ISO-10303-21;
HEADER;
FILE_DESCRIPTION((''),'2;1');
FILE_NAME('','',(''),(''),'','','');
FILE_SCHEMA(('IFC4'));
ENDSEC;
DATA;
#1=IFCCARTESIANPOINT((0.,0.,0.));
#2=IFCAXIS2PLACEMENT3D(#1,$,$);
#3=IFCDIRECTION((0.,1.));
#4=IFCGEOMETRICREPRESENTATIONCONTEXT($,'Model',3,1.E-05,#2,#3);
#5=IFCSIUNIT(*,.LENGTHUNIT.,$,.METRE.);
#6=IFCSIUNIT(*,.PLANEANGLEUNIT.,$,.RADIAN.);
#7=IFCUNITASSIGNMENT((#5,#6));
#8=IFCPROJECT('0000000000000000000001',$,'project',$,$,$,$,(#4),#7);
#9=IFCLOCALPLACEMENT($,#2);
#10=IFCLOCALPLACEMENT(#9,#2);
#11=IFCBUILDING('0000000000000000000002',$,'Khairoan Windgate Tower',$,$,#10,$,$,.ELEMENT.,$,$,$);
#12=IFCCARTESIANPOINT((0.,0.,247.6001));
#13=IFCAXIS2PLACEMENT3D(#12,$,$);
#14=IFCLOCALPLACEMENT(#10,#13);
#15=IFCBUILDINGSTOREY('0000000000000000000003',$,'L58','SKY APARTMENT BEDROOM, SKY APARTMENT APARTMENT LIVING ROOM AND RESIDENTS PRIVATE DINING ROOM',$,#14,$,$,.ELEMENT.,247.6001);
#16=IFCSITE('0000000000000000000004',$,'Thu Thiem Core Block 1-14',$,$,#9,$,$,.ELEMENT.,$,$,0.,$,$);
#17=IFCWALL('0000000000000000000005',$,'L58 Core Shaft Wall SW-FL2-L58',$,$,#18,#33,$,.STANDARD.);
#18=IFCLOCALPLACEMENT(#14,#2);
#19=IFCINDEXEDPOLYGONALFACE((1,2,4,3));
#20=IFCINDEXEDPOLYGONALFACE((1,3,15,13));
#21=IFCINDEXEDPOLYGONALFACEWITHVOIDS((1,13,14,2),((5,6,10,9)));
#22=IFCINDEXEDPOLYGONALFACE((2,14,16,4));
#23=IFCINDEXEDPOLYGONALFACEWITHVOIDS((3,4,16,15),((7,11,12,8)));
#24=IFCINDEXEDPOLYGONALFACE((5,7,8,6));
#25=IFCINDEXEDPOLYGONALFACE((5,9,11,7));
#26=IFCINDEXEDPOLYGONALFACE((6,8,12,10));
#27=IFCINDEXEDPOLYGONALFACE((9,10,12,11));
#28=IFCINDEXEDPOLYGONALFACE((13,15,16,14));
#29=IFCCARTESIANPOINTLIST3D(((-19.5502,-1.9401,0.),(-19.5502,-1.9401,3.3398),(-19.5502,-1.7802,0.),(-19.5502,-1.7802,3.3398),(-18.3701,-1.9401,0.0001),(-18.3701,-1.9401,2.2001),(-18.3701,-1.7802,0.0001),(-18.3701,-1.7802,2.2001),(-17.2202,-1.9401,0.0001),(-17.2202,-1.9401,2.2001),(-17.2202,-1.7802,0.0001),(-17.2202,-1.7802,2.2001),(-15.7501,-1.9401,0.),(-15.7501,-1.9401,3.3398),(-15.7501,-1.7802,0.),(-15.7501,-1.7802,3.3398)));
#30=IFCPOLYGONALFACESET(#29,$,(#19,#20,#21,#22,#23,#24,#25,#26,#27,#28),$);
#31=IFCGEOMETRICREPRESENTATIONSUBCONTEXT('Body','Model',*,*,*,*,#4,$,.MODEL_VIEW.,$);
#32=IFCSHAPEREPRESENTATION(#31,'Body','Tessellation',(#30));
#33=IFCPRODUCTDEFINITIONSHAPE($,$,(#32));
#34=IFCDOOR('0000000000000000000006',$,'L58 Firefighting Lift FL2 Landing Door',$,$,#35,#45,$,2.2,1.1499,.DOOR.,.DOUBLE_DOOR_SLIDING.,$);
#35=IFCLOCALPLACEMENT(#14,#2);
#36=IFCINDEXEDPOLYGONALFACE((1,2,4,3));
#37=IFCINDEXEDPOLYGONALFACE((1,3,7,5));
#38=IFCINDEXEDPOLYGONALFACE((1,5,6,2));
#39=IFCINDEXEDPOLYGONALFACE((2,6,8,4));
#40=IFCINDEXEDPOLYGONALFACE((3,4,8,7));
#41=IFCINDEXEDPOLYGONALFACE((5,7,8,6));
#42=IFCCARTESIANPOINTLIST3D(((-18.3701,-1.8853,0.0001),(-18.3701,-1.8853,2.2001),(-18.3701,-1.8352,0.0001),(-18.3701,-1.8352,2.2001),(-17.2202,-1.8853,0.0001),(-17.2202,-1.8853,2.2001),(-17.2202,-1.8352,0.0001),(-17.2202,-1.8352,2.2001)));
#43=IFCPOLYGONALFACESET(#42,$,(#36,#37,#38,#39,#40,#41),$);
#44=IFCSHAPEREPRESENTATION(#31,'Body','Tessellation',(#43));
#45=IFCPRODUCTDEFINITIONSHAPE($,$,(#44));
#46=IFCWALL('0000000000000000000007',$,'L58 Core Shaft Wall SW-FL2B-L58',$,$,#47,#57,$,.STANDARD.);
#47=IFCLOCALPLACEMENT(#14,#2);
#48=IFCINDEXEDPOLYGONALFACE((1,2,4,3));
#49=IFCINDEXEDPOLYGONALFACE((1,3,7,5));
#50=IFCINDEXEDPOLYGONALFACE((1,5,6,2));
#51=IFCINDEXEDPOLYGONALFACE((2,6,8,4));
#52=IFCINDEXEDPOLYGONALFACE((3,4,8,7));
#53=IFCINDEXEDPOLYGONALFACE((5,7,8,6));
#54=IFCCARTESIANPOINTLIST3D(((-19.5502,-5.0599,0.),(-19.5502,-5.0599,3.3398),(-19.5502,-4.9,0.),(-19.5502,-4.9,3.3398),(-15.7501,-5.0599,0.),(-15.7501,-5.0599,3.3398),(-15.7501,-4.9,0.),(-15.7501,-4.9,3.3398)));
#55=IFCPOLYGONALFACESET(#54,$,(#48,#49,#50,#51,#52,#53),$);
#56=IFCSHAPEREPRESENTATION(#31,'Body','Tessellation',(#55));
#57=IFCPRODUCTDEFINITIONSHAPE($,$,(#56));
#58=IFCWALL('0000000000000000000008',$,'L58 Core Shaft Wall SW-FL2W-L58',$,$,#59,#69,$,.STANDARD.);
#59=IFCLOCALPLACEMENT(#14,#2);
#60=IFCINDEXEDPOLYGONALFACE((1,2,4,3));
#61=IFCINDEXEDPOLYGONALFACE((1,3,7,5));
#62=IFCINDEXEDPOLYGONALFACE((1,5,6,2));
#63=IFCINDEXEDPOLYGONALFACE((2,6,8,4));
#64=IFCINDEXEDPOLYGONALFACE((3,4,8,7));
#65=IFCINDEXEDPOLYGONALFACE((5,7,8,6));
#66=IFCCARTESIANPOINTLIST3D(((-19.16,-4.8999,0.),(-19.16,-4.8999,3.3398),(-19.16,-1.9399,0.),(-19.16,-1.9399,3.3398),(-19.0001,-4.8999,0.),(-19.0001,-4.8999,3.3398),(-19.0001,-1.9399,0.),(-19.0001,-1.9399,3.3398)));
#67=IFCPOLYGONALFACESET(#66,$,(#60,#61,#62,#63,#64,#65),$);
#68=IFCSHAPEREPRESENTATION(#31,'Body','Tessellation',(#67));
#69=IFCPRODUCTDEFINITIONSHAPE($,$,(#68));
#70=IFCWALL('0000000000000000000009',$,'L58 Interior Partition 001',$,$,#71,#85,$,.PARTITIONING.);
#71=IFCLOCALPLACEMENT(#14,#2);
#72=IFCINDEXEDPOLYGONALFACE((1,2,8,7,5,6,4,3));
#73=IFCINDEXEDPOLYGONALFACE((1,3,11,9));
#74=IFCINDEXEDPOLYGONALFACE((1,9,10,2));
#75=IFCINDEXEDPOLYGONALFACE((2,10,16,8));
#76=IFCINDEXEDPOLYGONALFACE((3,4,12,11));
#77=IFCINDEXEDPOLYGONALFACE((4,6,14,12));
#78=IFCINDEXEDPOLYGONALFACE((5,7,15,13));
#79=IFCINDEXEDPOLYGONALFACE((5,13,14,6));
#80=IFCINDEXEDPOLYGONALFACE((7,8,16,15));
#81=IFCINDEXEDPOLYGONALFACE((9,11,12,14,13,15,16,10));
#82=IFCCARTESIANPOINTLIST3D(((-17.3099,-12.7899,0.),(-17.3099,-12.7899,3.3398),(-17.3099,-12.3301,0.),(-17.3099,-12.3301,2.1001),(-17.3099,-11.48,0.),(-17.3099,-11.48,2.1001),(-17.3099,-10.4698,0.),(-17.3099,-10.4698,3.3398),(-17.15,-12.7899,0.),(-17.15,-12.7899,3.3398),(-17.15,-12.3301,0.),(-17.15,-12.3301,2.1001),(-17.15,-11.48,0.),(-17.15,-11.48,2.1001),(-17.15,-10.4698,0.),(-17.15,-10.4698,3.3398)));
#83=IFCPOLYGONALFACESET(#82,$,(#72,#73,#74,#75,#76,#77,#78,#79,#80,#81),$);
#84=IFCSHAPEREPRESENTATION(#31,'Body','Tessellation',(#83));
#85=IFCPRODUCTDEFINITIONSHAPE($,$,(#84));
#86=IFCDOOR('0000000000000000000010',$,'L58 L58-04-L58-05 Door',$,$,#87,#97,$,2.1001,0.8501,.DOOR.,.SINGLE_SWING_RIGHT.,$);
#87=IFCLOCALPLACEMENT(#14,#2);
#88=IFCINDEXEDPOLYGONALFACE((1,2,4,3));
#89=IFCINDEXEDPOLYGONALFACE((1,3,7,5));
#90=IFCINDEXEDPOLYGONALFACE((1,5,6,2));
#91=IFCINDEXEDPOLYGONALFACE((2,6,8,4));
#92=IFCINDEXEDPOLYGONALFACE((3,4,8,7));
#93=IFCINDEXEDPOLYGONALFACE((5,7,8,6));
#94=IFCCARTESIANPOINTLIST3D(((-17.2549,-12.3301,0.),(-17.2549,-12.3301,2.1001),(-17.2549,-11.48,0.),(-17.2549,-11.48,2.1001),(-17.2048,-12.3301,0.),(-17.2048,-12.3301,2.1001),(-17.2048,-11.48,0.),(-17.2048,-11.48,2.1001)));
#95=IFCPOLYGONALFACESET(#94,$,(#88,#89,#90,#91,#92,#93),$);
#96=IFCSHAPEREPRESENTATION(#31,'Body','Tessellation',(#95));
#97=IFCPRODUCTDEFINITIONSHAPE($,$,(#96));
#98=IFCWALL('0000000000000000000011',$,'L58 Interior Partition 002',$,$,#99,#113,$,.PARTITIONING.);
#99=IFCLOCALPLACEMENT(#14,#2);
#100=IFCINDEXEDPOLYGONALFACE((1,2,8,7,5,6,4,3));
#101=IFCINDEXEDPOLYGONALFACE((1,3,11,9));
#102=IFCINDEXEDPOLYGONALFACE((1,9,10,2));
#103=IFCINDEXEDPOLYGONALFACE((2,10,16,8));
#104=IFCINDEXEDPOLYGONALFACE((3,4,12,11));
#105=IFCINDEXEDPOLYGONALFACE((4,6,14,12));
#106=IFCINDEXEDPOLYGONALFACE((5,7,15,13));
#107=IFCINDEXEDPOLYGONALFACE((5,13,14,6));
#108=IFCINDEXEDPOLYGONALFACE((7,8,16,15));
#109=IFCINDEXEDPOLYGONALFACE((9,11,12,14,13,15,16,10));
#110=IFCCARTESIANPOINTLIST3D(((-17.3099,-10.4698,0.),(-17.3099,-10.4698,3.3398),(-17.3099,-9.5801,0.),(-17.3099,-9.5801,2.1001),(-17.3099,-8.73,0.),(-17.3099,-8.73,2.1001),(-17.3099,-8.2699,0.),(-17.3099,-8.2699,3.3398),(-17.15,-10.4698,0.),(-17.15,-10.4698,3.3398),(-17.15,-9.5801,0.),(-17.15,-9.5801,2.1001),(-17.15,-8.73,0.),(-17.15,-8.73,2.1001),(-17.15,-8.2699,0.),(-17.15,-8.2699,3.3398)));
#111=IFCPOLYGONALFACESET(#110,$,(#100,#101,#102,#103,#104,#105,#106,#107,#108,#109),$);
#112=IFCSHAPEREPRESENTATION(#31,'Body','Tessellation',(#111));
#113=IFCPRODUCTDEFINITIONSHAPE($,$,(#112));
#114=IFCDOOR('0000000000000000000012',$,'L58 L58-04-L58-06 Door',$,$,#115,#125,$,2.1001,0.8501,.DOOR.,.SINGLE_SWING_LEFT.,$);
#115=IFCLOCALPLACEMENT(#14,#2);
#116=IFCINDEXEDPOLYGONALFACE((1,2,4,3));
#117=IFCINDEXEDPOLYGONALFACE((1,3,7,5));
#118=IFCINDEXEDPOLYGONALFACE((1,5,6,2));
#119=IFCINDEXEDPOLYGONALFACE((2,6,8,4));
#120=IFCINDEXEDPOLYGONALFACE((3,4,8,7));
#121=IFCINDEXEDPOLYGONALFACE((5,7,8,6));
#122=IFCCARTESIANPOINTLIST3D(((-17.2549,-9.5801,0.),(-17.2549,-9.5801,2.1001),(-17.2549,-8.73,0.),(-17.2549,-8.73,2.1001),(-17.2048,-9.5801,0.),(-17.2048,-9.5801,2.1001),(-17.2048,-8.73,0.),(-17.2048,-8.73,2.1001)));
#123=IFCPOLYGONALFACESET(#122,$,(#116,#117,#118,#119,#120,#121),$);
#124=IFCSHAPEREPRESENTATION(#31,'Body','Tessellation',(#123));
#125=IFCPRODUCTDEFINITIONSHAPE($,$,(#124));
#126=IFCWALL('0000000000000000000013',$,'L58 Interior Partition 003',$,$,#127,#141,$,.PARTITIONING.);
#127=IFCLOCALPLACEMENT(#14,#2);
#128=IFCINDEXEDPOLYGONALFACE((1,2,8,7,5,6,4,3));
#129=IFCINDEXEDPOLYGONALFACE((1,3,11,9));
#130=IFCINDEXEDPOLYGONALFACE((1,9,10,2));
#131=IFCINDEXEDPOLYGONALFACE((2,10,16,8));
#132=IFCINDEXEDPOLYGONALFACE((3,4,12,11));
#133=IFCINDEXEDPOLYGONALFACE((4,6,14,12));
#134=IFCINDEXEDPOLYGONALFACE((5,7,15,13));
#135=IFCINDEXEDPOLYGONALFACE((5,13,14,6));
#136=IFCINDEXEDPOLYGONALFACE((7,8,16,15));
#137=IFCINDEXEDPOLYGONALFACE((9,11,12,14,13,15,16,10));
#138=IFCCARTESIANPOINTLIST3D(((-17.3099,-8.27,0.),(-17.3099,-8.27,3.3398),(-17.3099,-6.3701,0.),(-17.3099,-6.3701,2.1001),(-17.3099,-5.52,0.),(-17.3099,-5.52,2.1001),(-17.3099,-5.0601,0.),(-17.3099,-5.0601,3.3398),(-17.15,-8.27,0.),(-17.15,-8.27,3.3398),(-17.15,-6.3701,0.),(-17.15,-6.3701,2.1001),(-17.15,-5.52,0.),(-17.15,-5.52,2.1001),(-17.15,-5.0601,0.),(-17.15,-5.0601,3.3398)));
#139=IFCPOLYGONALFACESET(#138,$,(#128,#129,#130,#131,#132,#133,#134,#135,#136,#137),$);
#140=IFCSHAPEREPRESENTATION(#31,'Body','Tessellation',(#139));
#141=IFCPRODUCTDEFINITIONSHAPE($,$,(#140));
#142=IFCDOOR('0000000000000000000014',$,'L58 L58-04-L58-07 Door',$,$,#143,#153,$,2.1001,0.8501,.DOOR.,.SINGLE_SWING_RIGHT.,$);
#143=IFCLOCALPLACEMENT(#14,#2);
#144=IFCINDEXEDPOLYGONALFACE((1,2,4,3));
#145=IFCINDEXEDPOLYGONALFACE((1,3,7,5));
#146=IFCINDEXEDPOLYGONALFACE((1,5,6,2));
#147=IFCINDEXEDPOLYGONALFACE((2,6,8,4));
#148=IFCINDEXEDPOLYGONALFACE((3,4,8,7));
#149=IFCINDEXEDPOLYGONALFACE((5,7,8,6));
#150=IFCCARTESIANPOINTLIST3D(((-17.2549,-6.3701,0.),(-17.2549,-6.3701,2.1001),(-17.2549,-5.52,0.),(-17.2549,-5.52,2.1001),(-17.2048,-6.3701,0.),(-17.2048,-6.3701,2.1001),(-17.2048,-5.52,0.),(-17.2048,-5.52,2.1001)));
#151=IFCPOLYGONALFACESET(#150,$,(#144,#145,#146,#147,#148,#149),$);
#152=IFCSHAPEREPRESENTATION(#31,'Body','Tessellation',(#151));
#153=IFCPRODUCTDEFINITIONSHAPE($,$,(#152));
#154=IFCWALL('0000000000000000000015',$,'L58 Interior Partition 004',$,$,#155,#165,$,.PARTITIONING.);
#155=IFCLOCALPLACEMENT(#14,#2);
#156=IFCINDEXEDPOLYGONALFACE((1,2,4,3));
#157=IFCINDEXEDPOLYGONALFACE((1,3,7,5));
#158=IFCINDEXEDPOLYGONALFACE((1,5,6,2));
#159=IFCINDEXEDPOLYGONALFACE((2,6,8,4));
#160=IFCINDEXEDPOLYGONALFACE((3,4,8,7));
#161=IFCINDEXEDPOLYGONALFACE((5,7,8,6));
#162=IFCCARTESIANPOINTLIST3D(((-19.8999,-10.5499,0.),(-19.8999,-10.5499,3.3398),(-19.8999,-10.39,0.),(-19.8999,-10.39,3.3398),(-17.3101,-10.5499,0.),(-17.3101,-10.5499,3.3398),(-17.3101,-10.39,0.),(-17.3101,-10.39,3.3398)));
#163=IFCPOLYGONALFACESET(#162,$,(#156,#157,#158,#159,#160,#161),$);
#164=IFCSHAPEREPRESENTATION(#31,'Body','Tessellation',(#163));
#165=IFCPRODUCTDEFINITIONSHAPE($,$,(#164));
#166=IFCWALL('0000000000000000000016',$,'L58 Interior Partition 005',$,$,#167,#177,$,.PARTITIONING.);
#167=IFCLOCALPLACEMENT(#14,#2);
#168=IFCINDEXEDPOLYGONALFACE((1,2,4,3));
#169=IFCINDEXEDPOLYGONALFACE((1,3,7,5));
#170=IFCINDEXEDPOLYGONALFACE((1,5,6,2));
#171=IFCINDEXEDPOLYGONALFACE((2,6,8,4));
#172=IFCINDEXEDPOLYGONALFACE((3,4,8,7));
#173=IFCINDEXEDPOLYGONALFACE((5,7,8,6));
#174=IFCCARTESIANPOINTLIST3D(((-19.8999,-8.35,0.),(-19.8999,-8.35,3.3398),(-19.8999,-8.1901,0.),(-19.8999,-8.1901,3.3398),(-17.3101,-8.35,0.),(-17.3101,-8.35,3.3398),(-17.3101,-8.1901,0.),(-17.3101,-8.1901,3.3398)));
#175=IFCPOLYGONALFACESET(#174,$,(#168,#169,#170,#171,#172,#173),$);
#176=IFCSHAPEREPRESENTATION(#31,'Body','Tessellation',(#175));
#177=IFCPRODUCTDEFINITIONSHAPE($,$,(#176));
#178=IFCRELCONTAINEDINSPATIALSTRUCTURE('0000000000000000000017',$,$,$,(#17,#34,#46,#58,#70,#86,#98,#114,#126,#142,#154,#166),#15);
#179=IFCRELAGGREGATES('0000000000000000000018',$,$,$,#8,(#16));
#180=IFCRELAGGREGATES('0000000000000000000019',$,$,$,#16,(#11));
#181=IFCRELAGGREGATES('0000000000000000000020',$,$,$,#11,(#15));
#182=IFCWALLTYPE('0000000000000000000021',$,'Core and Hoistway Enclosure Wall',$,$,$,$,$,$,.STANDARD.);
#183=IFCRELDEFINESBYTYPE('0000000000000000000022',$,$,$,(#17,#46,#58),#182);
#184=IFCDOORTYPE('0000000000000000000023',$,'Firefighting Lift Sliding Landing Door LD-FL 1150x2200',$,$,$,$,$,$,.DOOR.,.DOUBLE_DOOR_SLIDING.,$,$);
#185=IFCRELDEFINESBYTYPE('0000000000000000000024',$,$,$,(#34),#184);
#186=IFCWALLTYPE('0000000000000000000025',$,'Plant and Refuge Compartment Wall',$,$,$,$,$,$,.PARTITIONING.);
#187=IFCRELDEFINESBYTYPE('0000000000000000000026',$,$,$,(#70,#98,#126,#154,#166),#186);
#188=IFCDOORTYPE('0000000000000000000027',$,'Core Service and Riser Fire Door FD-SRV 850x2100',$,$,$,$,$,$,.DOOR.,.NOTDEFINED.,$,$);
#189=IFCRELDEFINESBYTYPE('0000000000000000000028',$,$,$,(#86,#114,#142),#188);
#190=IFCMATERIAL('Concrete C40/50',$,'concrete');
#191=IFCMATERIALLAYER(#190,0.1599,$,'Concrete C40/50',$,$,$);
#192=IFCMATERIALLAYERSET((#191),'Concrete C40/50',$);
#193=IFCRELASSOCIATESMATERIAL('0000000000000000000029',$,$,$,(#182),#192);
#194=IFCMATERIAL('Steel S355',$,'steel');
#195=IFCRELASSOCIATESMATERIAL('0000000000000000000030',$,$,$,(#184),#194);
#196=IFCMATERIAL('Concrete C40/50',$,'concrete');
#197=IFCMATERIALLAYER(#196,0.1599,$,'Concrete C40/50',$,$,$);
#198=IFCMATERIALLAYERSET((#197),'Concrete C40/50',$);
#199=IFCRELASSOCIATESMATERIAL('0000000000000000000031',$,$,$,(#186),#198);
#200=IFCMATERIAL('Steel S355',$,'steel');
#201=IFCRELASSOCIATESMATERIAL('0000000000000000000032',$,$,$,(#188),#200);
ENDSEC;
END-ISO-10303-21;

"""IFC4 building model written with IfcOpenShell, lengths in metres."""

from ifc_helpers import new_model, si_unit, direction, frame, frame_2d, origin, place, context, subcontext, project, spatial, rectangle, extrude, material, layer, layer_set, type_object, element, fill, save


model = new_model("IFC4")

# Units and contexts
model_context = context("Model", 3, precision=1e-05, world=origin(), true_north=direction((0.0, 1.0)))
body_context = subcontext(model_context, "Body", "Model", "MODEL_VIEW")
ifc_project = project(units=[si_unit("LENGTHUNIT", "METRE"), si_unit("PLANEANGLEUNIT", "RADIAN")], contexts=[model_context])

# Site, building, storey
site_placement = place(None, origin())
site = spatial("IfcSite", under=ifc_project, at=site_placement, Name="Thu Thiem Core Block 1-14", CompositionType="ELEMENT", RefElevation=0.0)
building_placement = place(site_placement, origin())
building = spatial("IfcBuilding", under=site, at=building_placement, Name="Khairoan Windgate Tower", CompositionType="ELEMENT")
storey_placement = place(building_placement, frame((0.0, 0.0, 247.6001)))
storey = spatial("IfcBuildingStorey", under=building, at=storey_placement, Name="L58", Description="SKY APARTMENT BEDROOM, SKY APARTMENT APARTMENT LIVING ROOM AND RESIDENTS PRIVATE DINING ROOM", CompositionType="ELEMENT", Elevation=247.6001)

# Wall, opening, door
ifc_material_1 = material(Name="Concrete C40/50", Category="concrete")
ifc_layer_1 = layer(ifc_material_1, 0.1599, Name="Concrete C40/50")
ifc_layer_set_1 = layer_set([ifc_layer_1], Name="Concrete C40/50")
wall_type_1 = type_object("IfcWallType", Name="Core and Hoistway Enclosure Wall", PredefinedType="STANDARD", material=ifc_layer_set_1)
wall_1_placement = place(storey_placement, frame((-19.55, -1.8601, 0.0), z_axis=(0.0, 0.0, 1.0), x_axis=(1.0, 0.0, 0.0)))
wall_1 = element("IfcWall", 1, at=wall_1_placement, inside=storey, type_object=wall_type_1, Name="L58 Core Shaft Wall SW-FL2-L58", PredefinedType="STANDARD", context=body_context, shape_type="SweptSolid", body=[
    extrude(rectangle(XDim=3.8, YDim=0.1599, at=frame_2d((1.8999, 0.0))), origin(), (0.0, 0.0, 1.0), 3.3398),
])
opening_1_placement = place(wall_1_placement, frame((1.1799, 0.0, 0.0)))
opening_1 = element("IfcOpeningElement", 2, at=opening_1_placement, cuts=wall_1, PredefinedType="OPENING", context=body_context, shape_type="SweptSolid", body=[
    extrude(rectangle(XDim=1.1499, YDim=2.2, at=frame_2d((0.575, 1.1001))), frame((0.0, 0.0898, 0.0), z_axis=(0.0, -1.0, 0.0), x_axis=(1.0, 0.0, 0.0)), (0.0, 0.0, 1.0), 0.1799),
])
ifc_material_2 = material(Name="Steel S355", Category="steel")
door_type_1 = type_object("IfcDoorType", Name="Firefighting Lift Sliding Landing Door LD-FL 1150x2200", OperationType="DOUBLE_DOOR_SLIDING", PredefinedType="DOOR", material=ifc_material_2)
door_1_placement = place(opening_1_placement, origin())
door_1 = element("IfcDoor", 3, at=door_1_placement, inside=storey, type_object=door_type_1, Name="L58 Firefighting Lift FL2 Landing Door", OperationType="DOUBLE_DOOR_SLIDING", OverallHeight=2.2, OverallWidth=1.1499, PredefinedType="DOOR", context=body_context, shape_type="SweptSolid", body=[
    extrude(rectangle(XDim=1.1499, YDim=2.2, at=frame_2d((0.575, 1.1001))), frame((0.0, 0.0249, 0.0), z_axis=(0.0, -1.0, 0.0), x_axis=(1.0, 0.0, 0.0)), (0.0, 0.0, 1.0), 0.05),
])
fill(opening_1, door_1)

# Walls
wall_2_placement = place(storey_placement, frame((-19.55, -4.98, 0.0), z_axis=(0.0, 0.0, 1.0), x_axis=(1.0, 0.0, 0.0)))
element("IfcWall", 4, at=wall_2_placement, inside=storey, type_object=wall_type_1, Name="L58 Core Shaft Wall SW-FL2B-L58", PredefinedType="STANDARD", context=body_context, shape_type="SweptSolid", body=[
    extrude(rectangle(XDim=3.8, YDim=0.1599, at=frame_2d((1.8999, 0.0))), origin(), (0.0, 0.0, 1.0), 3.3398),
])
wall_3_placement = place(storey_placement, frame((-19.0801, -4.8999, 0.0), z_axis=(0.0, 0.0, 1.0), x_axis=(0.0, 1.0, 0.0)))
element("IfcWall", 5, at=wall_3_placement, inside=storey, type_object=wall_type_1, Name="L58 Core Shaft Wall SW-FL2W-L58", PredefinedType="STANDARD", context=body_context, shape_type="SweptSolid", body=[
    extrude(rectangle(XDim=2.96, YDim=0.1599, at=frame_2d((1.48, 0.0))), origin(), (0.0, 0.0, 1.0), 3.3398),
])

# Walls, openings, doors
ifc_material_3 = material(Name="Concrete C40/50", Category="concrete")
ifc_layer_2 = layer(ifc_material_3, 0.1599, Name="Concrete C40/50")
ifc_layer_set_2 = layer_set([ifc_layer_2], Name="Concrete C40/50")
wall_type_2 = type_object("IfcWallType", Name="Plant and Refuge Compartment Wall", PredefinedType="PARTITIONING", material=ifc_layer_set_2)
wall_4_placement = place(storey_placement, frame((-17.23, -12.79, 0.0), z_axis=(0.0, 0.0, 1.0), x_axis=(0.0, 1.0, 0.0)))
wall_4 = element("IfcWall", 6, at=wall_4_placement, inside=storey, type_object=wall_type_2, Name="L58 Interior Partition 001", PredefinedType="PARTITIONING", context=body_context, shape_type="SweptSolid", body=[
    extrude(rectangle(XDim=2.3201, YDim=0.1599, at=frame_2d((1.1602, 0.0))), origin(), (0.0, 0.0, 1.0), 3.3398),
])
opening_2_placement = place(wall_4_placement, frame((0.46, 0.0, 0.0)))
opening_2 = element("IfcOpeningElement", 7, at=opening_2_placement, cuts=wall_4, PredefinedType="OPENING", context=body_context, shape_type="SweptSolid", body=[
    extrude(rectangle(XDim=0.8501, YDim=2.1001, at=frame_2d((0.425, 1.05))), frame((0.0, 0.0898, 0.0), z_axis=(0.0, -1.0, 0.0), x_axis=(1.0, 0.0, 0.0)), (0.0, 0.0, 1.0), 0.1799),
])
ifc_material_4 = material(Name="Steel S355", Category="steel")
door_type_2 = type_object("IfcDoorType", Name="Core Service and Riser Fire Door FD-SRV 850x2100", OperationType="NOTDEFINED", PredefinedType="DOOR", material=ifc_material_4)
door_2_placement = place(opening_2_placement, origin())
door_2 = element("IfcDoor", 8, at=door_2_placement, inside=storey, type_object=door_type_2, Name="L58 L58-04-L58-05 Door", OperationType="SINGLE_SWING_RIGHT", OverallHeight=2.1001, OverallWidth=0.8501, PredefinedType="DOOR", context=body_context, shape_type="SweptSolid", body=[
    extrude(rectangle(XDim=0.8501, YDim=2.1001, at=frame_2d((0.425, 1.05))), frame((0.0, 0.0249, 0.0), z_axis=(0.0, -1.0, 0.0), x_axis=(1.0, 0.0, 0.0)), (0.0, 0.0, 1.0), 0.05),
])
fill(opening_2, door_2)
wall_5_placement = place(storey_placement, frame((-17.23, -10.47, 0.0), z_axis=(0.0, 0.0, 1.0), x_axis=(0.0, 1.0, 0.0)))
wall_5 = element("IfcWall", 9, at=wall_5_placement, inside=storey, type_object=wall_type_2, Name="L58 Interior Partition 002", PredefinedType="PARTITIONING", context=body_context, shape_type="SweptSolid", body=[
    extrude(rectangle(XDim=2.2, YDim=0.1599, at=frame_2d((1.1001, 0.0))), origin(), (0.0, 0.0, 1.0), 3.3398),
])
opening_3_placement = place(wall_5_placement, frame((0.8899, 0.0, 0.0)))
opening_3 = element("IfcOpeningElement", 10, at=opening_3_placement, cuts=wall_5, PredefinedType="OPENING", context=body_context, shape_type="SweptSolid", body=[
    extrude(rectangle(XDim=0.8501, YDim=2.1001, at=frame_2d((0.425, 1.05))), frame((0.0, 0.0898, 0.0), z_axis=(0.0, -1.0, 0.0), x_axis=(1.0, 0.0, 0.0)), (0.0, 0.0, 1.0), 0.1799),
])
door_3_placement = place(opening_3_placement, origin())
door_3 = element("IfcDoor", 11, at=door_3_placement, inside=storey, type_object=door_type_2, Name="L58 L58-04-L58-06 Door", OperationType="SINGLE_SWING_LEFT", OverallHeight=2.1001, OverallWidth=0.8501, PredefinedType="DOOR", context=body_context, shape_type="SweptSolid", body=[
    extrude(rectangle(XDim=0.8501, YDim=2.1001, at=frame_2d((0.425, 1.05))), frame((0.0, 0.0249, 0.0), z_axis=(0.0, -1.0, 0.0), x_axis=(1.0, 0.0, 0.0)), (0.0, 0.0, 1.0), 0.05),
])
fill(opening_3, door_3)
wall_6_placement = place(storey_placement, frame((-17.23, -8.27, 0.0), z_axis=(0.0, 0.0, 1.0), x_axis=(0.0, 1.0, 0.0)))
wall_6 = element("IfcWall", 12, at=wall_6_placement, inside=storey, type_object=wall_type_2, Name="L58 Interior Partition 003", PredefinedType="PARTITIONING", context=body_context, shape_type="SweptSolid", body=[
    extrude(rectangle(XDim=3.21, YDim=0.1599, at=frame_2d((1.605, 0.0))), origin(), (0.0, 0.0, 1.0), 3.3398),
])
opening_4_placement = place(wall_6_placement, frame((1.8999, 0.0, 0.0)))
opening_4 = element("IfcOpeningElement", 13, at=opening_4_placement, cuts=wall_6, PredefinedType="OPENING", context=body_context, shape_type="SweptSolid", body=[
    extrude(rectangle(XDim=0.8501, YDim=2.1001, at=frame_2d((0.425, 1.05))), frame((0.0, 0.0898, 0.0), z_axis=(0.0, -1.0, 0.0), x_axis=(1.0, 0.0, 0.0)), (0.0, 0.0, 1.0), 0.1799),
])
door_4_placement = place(opening_4_placement, origin())
door_4 = element("IfcDoor", 14, at=door_4_placement, inside=storey, type_object=door_type_2, Name="L58 L58-04-L58-07 Door", OperationType="SINGLE_SWING_RIGHT", OverallHeight=2.1001, OverallWidth=0.8501, PredefinedType="DOOR", context=body_context, shape_type="SweptSolid", body=[
    extrude(rectangle(XDim=0.8501, YDim=2.1001, at=frame_2d((0.425, 1.05))), frame((0.0, 0.0249, 0.0), z_axis=(0.0, -1.0, 0.0), x_axis=(1.0, 0.0, 0.0)), (0.0, 0.0, 1.0), 0.05),
])
fill(opening_4, door_4)

# Walls
for number, where, z_axis, x_axis, name in (
    (15, (-19.8999, -10.47, 0.0), (0.0, 0.0, 1.0), (1.0, 0.0, 0.0), "L58 Interior Partition 004"),
    (16, (-19.8999, -8.27, 0.0), (0.0, 0.0, 1.0), (1.0, 0.0, 0.0), "L58 Interior Partition 005"),
):
    element("IfcWall", number, at=place(storey_placement, frame(where, z_axis=z_axis, x_axis=x_axis)), inside=storey, type_object=wall_type_2, Name=name, PredefinedType="PARTITIONING", context=body_context, shape_type="SweptSolid", body=[
        extrude(rectangle(XDim=2.5898, YDim=0.1599, at=frame_2d((1.2949, 0.0))), origin(), (0.0, 0.0, 1.0), 3.3398),
    ])

save(model, "model.ifc")
